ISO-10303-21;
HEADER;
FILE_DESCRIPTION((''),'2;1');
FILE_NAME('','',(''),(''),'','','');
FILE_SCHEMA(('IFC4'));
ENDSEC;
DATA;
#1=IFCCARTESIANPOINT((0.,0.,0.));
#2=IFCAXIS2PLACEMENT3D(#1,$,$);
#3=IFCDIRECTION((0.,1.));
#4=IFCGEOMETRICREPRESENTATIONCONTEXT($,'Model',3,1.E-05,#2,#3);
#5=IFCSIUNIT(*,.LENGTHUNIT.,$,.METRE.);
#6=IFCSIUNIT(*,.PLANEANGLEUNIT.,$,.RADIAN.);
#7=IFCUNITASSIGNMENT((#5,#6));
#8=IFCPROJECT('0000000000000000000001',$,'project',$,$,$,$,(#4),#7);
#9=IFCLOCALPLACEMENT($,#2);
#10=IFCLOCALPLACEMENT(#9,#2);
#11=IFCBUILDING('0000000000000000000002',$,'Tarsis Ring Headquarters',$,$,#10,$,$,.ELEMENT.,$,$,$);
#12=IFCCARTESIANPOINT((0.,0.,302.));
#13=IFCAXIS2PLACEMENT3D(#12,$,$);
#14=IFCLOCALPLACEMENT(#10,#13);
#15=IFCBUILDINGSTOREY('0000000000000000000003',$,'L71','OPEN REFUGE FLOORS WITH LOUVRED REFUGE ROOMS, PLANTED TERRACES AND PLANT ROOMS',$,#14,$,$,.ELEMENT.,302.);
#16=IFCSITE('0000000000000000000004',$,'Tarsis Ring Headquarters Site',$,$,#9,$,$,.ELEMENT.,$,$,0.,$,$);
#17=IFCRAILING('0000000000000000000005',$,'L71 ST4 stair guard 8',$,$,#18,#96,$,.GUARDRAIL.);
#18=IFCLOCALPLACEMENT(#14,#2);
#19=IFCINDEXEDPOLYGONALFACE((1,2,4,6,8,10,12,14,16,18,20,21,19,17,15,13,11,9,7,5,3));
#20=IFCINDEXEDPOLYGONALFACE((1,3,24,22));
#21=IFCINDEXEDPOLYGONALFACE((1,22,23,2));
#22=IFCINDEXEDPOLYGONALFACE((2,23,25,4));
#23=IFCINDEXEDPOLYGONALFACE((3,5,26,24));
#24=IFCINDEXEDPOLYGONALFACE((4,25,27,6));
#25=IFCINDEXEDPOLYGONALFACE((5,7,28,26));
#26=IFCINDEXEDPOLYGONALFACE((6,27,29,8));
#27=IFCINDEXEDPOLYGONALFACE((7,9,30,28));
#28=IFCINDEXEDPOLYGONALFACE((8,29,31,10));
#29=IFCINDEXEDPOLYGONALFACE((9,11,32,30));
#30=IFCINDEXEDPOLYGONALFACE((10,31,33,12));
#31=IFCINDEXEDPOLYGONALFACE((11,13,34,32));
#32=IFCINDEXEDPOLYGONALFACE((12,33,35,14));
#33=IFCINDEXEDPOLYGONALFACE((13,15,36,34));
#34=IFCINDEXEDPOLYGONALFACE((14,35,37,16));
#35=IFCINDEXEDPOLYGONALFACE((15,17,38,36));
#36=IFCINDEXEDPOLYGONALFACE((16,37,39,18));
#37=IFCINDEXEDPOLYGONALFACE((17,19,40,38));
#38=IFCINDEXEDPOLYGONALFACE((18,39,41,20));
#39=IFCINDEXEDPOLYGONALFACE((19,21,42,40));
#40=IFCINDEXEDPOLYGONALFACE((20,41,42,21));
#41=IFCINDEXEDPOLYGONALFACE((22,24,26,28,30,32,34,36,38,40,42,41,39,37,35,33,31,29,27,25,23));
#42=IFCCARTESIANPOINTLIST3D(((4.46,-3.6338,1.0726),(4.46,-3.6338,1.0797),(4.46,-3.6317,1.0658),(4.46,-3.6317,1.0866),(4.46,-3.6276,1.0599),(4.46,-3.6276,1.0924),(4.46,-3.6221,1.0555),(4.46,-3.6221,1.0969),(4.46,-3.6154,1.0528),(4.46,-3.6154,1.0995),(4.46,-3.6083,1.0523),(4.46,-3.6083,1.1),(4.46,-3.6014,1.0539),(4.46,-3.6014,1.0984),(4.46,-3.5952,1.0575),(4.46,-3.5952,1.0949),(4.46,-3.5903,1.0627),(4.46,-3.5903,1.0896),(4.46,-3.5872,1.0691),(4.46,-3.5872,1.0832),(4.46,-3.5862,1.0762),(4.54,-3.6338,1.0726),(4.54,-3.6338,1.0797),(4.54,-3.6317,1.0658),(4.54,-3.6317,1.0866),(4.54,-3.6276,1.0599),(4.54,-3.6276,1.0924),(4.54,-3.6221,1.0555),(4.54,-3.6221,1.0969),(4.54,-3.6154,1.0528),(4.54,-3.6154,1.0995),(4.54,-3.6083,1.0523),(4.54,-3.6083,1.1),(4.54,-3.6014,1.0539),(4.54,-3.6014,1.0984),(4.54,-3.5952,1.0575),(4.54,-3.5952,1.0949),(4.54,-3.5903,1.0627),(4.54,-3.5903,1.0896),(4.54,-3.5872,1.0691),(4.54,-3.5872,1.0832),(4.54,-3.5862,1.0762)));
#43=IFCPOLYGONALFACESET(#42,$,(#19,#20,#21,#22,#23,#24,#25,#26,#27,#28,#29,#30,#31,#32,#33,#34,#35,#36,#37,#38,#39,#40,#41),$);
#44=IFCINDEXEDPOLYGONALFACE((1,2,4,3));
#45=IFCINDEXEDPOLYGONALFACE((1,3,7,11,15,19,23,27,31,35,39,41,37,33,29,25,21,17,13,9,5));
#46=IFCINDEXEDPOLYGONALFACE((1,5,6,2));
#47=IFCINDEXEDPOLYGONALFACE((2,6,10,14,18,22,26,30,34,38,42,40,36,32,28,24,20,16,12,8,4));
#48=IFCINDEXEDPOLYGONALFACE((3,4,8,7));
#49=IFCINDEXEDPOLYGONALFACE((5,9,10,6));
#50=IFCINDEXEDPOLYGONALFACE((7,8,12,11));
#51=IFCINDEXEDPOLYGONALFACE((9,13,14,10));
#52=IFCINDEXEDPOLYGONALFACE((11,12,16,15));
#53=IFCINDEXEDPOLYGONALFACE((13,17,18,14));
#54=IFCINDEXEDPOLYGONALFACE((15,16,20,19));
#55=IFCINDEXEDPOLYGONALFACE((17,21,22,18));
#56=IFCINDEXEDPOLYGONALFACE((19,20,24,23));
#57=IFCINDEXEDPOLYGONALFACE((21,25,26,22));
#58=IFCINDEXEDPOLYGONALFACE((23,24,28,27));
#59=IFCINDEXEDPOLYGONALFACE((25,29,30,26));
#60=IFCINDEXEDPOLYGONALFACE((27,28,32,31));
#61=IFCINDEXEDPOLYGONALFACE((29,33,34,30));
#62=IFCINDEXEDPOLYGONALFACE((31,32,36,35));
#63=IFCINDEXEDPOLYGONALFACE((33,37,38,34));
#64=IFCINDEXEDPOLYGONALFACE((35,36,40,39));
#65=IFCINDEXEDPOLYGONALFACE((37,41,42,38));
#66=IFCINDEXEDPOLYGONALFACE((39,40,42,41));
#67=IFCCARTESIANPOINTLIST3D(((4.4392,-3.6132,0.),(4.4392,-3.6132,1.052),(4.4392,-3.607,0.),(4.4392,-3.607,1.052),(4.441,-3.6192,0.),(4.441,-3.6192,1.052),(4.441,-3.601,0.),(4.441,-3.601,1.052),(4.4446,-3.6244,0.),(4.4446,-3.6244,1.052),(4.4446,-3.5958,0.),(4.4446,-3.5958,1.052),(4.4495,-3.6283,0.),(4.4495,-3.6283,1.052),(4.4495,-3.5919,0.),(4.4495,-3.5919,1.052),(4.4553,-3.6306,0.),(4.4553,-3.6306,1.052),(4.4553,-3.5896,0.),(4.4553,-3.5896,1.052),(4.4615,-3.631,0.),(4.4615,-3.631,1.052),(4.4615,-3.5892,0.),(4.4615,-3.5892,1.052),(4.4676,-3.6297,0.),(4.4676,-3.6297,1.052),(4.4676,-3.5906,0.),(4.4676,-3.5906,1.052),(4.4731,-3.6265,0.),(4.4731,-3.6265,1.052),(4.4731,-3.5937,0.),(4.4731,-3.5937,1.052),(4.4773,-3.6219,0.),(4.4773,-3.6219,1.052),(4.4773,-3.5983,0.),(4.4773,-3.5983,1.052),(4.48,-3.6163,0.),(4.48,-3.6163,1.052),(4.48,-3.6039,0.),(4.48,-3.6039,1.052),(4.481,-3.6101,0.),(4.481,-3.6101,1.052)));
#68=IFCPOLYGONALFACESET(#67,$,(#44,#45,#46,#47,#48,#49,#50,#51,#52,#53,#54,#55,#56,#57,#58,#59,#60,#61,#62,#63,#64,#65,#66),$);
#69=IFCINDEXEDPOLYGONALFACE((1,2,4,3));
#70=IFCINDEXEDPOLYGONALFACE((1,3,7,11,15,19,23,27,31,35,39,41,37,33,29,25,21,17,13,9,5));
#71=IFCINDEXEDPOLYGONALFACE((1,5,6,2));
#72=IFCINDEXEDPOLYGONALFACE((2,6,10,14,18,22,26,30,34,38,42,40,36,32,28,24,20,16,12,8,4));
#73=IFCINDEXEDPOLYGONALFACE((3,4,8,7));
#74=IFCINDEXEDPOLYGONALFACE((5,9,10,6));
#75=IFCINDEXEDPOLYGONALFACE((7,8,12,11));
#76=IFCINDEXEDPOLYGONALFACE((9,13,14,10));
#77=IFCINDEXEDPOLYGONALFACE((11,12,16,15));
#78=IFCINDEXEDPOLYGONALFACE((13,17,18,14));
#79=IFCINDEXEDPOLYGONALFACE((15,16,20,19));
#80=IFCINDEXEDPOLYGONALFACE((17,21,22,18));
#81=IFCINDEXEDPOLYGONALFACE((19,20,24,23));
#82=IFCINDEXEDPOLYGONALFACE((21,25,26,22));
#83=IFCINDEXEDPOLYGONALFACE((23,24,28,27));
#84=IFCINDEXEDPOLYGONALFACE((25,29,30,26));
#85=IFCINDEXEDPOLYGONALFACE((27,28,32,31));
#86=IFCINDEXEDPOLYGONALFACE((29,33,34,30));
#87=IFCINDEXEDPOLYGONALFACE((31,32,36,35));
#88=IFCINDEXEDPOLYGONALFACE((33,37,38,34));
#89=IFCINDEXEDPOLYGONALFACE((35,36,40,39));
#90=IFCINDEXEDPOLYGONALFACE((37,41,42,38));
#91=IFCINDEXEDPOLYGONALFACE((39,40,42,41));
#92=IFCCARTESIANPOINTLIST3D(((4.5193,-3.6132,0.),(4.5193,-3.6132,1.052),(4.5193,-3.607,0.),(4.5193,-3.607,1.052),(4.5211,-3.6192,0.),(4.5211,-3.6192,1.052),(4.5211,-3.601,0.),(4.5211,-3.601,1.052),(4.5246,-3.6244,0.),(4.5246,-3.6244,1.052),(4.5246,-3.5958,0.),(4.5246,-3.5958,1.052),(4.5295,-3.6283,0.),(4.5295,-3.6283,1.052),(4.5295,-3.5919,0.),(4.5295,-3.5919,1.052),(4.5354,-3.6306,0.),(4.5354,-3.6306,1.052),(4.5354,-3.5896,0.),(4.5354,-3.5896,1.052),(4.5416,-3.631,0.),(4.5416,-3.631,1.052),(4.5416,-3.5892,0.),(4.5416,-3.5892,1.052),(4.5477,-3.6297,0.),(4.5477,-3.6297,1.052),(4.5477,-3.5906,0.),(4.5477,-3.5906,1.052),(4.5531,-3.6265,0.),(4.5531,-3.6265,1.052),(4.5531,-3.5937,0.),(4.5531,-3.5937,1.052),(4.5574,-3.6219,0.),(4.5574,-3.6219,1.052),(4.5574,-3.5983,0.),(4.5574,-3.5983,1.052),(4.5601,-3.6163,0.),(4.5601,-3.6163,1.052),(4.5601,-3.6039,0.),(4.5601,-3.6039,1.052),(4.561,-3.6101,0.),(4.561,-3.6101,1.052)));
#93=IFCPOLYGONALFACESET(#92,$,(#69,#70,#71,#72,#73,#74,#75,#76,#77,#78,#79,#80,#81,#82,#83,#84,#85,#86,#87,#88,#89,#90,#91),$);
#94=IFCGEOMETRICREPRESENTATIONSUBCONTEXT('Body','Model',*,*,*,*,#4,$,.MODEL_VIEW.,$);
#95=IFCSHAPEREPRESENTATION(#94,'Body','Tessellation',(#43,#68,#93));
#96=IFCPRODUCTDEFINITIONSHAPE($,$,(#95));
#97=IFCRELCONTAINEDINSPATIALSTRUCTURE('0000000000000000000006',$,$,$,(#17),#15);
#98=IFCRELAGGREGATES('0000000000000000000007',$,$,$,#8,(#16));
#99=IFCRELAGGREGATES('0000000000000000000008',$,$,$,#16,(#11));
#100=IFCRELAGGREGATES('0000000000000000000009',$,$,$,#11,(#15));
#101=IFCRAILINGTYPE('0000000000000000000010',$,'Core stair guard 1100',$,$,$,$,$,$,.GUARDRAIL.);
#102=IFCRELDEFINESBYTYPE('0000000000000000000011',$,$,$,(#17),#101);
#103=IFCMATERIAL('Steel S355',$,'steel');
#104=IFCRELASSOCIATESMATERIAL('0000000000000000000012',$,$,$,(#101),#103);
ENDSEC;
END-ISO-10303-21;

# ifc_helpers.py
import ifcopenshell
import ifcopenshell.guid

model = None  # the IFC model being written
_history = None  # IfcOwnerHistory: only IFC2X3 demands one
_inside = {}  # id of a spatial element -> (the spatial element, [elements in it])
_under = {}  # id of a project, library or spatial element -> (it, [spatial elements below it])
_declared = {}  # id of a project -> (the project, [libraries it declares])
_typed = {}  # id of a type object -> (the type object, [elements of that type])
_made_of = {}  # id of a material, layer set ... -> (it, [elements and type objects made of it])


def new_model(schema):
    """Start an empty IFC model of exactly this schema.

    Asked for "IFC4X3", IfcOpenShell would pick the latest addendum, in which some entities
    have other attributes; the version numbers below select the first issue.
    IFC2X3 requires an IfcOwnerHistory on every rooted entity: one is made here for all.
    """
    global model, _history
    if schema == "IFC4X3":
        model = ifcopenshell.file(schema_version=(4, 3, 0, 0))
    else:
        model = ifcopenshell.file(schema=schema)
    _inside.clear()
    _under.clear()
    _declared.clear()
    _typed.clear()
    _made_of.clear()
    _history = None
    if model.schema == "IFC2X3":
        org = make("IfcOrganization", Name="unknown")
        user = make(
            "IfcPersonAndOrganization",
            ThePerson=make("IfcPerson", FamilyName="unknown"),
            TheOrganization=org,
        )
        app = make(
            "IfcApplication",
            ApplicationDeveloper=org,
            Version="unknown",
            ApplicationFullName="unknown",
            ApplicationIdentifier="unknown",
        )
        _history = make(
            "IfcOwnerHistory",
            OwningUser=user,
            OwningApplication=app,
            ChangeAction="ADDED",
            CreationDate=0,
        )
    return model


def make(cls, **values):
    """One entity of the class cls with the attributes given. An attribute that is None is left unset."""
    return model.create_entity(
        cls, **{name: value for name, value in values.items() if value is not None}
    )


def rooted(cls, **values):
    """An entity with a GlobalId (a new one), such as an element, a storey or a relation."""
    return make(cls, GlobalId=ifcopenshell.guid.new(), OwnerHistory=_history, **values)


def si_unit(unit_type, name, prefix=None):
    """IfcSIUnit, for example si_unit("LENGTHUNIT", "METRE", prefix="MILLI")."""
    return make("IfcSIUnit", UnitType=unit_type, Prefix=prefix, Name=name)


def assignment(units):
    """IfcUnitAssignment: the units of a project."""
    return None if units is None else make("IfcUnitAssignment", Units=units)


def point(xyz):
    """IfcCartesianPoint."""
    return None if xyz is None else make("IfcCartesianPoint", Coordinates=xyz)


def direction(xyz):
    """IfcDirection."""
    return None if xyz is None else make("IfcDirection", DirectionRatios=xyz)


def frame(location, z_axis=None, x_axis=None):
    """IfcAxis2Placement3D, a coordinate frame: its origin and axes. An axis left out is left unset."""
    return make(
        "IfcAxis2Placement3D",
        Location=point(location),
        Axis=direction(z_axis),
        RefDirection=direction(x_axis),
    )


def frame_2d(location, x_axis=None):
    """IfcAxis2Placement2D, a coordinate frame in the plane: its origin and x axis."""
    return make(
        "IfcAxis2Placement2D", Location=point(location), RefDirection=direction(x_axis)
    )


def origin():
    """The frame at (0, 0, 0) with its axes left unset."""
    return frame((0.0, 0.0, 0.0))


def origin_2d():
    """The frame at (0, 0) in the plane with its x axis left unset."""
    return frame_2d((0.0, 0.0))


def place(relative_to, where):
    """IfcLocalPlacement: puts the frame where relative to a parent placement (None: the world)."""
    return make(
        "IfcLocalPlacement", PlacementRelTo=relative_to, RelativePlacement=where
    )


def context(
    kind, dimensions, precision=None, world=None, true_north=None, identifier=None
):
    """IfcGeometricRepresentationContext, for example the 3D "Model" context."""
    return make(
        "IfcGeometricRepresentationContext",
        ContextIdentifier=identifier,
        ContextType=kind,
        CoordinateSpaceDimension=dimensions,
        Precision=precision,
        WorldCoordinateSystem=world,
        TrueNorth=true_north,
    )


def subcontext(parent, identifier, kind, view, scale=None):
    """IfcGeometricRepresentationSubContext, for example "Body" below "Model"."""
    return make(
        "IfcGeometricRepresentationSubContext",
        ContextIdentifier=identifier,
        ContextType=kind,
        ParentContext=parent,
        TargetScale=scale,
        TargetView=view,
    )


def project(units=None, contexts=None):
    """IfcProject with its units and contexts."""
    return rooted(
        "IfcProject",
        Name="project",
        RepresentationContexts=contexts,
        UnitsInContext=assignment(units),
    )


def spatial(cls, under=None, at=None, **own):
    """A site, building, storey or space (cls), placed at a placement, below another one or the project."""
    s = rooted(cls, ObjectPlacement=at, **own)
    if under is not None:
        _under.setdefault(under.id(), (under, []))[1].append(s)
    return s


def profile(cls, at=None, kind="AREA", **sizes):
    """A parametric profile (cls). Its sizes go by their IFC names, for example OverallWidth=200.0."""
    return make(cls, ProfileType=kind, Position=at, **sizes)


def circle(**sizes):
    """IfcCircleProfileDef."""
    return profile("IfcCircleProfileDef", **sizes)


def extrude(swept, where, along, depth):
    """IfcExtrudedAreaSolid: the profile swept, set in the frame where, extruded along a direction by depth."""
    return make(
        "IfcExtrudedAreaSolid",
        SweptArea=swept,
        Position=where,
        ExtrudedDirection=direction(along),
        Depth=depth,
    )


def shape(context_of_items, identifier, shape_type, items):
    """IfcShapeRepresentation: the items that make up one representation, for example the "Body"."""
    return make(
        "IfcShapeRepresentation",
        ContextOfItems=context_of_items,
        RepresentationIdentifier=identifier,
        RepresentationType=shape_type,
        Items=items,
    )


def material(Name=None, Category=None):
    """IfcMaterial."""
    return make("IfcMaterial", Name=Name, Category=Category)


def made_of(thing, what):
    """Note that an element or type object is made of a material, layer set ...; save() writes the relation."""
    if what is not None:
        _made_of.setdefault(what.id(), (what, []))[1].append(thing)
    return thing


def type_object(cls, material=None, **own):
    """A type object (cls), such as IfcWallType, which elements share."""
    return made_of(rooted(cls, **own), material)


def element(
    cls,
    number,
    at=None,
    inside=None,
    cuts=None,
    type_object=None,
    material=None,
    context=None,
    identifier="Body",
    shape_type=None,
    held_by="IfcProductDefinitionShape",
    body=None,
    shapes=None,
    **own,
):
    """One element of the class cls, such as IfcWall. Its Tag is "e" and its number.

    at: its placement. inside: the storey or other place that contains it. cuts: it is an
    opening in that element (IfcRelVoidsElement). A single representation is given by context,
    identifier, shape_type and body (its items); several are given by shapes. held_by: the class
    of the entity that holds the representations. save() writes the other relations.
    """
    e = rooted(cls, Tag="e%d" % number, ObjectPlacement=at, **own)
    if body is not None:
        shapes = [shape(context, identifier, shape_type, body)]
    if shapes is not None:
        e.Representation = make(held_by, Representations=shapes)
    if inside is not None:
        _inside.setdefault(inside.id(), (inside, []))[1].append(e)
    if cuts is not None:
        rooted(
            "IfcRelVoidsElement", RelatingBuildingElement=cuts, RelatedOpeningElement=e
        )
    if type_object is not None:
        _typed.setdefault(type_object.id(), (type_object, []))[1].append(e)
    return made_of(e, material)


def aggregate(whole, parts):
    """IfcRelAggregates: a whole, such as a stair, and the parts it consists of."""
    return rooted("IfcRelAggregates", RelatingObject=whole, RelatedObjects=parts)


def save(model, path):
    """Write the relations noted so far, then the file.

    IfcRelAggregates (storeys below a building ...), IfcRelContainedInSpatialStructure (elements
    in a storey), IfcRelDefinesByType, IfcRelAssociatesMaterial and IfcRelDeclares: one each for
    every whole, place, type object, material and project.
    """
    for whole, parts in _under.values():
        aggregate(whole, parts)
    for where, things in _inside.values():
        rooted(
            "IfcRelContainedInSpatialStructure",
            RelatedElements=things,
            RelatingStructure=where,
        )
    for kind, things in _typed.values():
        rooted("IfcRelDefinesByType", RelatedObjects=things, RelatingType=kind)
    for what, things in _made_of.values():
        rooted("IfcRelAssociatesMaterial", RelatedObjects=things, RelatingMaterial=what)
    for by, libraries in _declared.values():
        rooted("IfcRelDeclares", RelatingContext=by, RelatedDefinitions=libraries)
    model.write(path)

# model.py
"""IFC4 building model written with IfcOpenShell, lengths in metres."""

from ifc_helpers import new_model, si_unit, direction, frame, origin, origin_2d, place, context, subcontext, project, spatial, circle, extrude, material, type_object, element, save


model = new_model("IFC4")

# Units and contexts
model_context = context("Model", 3, precision=1e-05, world=origin(), true_north=direction((0.0, 1.0)))
body_context = subcontext(model_context, "Body", "Model", "MODEL_VIEW")
ifc_project = project(units=[si_unit("LENGTHUNIT", "METRE"), si_unit("PLANEANGLEUNIT", "RADIAN")], contexts=[model_context])

# Site, building, storey
site_placement = place(None, origin())
site = spatial("IfcSite", under=ifc_project, at=site_placement, Name="Tarsis Ring Headquarters Site", CompositionType="ELEMENT", RefElevation=0.0)
building_placement = place(site_placement, origin())
building = spatial("IfcBuilding", under=site, at=building_placement, Name="Tarsis Ring Headquarters", CompositionType="ELEMENT")
storey_placement = place(building_placement, frame((0.0, 0.0, 302.0)))
storey = spatial("IfcBuildingStorey", under=building, at=storey_placement, Name="L71", Description="OPEN REFUGE FLOORS WITH LOUVRED REFUGE ROOMS, PLANTED TERRACES AND PLANT ROOMS", CompositionType="ELEMENT", Elevation=302.0)

# Railing
ifc_material_1 = material(Name="Steel S355", Category="steel")
railing_type_1 = type_object("IfcRailingType", Name="Core stair guard 1100", PredefinedType="GUARDRAIL", material=ifc_material_1)
railing_1_placement = place(storey_placement, frame((4.46, -3.6101, 0.0)))
element("IfcRailing", 1, at=railing_1_placement, inside=storey, type_object=railing_type_1, Name="L71 ST4 stair guard 8", PredefinedType="GUARDRAIL", context=body_context, shape_type="SweptSolid", body=[
    extrude(circle(Radius=0.0239, at=origin_2d()), frame((0.0, 0.0, 1.0762), z_axis=(1.0, 0.0, 0.0), x_axis=(0.0, 1.0, 0.0)), (0.0, 0.0, 1.0), 0.0801),
    extrude(circle(Radius=0.021, at=origin_2d()), origin(), (0.0, 0.0, 1.0), 1.052),
    extrude(circle(Radius=0.021, at=origin_2d()), frame((0.0801, 0.0, 0.0)), (0.0, 0.0, 1.0), 1.052),
])

save(model, "model.ifc")
